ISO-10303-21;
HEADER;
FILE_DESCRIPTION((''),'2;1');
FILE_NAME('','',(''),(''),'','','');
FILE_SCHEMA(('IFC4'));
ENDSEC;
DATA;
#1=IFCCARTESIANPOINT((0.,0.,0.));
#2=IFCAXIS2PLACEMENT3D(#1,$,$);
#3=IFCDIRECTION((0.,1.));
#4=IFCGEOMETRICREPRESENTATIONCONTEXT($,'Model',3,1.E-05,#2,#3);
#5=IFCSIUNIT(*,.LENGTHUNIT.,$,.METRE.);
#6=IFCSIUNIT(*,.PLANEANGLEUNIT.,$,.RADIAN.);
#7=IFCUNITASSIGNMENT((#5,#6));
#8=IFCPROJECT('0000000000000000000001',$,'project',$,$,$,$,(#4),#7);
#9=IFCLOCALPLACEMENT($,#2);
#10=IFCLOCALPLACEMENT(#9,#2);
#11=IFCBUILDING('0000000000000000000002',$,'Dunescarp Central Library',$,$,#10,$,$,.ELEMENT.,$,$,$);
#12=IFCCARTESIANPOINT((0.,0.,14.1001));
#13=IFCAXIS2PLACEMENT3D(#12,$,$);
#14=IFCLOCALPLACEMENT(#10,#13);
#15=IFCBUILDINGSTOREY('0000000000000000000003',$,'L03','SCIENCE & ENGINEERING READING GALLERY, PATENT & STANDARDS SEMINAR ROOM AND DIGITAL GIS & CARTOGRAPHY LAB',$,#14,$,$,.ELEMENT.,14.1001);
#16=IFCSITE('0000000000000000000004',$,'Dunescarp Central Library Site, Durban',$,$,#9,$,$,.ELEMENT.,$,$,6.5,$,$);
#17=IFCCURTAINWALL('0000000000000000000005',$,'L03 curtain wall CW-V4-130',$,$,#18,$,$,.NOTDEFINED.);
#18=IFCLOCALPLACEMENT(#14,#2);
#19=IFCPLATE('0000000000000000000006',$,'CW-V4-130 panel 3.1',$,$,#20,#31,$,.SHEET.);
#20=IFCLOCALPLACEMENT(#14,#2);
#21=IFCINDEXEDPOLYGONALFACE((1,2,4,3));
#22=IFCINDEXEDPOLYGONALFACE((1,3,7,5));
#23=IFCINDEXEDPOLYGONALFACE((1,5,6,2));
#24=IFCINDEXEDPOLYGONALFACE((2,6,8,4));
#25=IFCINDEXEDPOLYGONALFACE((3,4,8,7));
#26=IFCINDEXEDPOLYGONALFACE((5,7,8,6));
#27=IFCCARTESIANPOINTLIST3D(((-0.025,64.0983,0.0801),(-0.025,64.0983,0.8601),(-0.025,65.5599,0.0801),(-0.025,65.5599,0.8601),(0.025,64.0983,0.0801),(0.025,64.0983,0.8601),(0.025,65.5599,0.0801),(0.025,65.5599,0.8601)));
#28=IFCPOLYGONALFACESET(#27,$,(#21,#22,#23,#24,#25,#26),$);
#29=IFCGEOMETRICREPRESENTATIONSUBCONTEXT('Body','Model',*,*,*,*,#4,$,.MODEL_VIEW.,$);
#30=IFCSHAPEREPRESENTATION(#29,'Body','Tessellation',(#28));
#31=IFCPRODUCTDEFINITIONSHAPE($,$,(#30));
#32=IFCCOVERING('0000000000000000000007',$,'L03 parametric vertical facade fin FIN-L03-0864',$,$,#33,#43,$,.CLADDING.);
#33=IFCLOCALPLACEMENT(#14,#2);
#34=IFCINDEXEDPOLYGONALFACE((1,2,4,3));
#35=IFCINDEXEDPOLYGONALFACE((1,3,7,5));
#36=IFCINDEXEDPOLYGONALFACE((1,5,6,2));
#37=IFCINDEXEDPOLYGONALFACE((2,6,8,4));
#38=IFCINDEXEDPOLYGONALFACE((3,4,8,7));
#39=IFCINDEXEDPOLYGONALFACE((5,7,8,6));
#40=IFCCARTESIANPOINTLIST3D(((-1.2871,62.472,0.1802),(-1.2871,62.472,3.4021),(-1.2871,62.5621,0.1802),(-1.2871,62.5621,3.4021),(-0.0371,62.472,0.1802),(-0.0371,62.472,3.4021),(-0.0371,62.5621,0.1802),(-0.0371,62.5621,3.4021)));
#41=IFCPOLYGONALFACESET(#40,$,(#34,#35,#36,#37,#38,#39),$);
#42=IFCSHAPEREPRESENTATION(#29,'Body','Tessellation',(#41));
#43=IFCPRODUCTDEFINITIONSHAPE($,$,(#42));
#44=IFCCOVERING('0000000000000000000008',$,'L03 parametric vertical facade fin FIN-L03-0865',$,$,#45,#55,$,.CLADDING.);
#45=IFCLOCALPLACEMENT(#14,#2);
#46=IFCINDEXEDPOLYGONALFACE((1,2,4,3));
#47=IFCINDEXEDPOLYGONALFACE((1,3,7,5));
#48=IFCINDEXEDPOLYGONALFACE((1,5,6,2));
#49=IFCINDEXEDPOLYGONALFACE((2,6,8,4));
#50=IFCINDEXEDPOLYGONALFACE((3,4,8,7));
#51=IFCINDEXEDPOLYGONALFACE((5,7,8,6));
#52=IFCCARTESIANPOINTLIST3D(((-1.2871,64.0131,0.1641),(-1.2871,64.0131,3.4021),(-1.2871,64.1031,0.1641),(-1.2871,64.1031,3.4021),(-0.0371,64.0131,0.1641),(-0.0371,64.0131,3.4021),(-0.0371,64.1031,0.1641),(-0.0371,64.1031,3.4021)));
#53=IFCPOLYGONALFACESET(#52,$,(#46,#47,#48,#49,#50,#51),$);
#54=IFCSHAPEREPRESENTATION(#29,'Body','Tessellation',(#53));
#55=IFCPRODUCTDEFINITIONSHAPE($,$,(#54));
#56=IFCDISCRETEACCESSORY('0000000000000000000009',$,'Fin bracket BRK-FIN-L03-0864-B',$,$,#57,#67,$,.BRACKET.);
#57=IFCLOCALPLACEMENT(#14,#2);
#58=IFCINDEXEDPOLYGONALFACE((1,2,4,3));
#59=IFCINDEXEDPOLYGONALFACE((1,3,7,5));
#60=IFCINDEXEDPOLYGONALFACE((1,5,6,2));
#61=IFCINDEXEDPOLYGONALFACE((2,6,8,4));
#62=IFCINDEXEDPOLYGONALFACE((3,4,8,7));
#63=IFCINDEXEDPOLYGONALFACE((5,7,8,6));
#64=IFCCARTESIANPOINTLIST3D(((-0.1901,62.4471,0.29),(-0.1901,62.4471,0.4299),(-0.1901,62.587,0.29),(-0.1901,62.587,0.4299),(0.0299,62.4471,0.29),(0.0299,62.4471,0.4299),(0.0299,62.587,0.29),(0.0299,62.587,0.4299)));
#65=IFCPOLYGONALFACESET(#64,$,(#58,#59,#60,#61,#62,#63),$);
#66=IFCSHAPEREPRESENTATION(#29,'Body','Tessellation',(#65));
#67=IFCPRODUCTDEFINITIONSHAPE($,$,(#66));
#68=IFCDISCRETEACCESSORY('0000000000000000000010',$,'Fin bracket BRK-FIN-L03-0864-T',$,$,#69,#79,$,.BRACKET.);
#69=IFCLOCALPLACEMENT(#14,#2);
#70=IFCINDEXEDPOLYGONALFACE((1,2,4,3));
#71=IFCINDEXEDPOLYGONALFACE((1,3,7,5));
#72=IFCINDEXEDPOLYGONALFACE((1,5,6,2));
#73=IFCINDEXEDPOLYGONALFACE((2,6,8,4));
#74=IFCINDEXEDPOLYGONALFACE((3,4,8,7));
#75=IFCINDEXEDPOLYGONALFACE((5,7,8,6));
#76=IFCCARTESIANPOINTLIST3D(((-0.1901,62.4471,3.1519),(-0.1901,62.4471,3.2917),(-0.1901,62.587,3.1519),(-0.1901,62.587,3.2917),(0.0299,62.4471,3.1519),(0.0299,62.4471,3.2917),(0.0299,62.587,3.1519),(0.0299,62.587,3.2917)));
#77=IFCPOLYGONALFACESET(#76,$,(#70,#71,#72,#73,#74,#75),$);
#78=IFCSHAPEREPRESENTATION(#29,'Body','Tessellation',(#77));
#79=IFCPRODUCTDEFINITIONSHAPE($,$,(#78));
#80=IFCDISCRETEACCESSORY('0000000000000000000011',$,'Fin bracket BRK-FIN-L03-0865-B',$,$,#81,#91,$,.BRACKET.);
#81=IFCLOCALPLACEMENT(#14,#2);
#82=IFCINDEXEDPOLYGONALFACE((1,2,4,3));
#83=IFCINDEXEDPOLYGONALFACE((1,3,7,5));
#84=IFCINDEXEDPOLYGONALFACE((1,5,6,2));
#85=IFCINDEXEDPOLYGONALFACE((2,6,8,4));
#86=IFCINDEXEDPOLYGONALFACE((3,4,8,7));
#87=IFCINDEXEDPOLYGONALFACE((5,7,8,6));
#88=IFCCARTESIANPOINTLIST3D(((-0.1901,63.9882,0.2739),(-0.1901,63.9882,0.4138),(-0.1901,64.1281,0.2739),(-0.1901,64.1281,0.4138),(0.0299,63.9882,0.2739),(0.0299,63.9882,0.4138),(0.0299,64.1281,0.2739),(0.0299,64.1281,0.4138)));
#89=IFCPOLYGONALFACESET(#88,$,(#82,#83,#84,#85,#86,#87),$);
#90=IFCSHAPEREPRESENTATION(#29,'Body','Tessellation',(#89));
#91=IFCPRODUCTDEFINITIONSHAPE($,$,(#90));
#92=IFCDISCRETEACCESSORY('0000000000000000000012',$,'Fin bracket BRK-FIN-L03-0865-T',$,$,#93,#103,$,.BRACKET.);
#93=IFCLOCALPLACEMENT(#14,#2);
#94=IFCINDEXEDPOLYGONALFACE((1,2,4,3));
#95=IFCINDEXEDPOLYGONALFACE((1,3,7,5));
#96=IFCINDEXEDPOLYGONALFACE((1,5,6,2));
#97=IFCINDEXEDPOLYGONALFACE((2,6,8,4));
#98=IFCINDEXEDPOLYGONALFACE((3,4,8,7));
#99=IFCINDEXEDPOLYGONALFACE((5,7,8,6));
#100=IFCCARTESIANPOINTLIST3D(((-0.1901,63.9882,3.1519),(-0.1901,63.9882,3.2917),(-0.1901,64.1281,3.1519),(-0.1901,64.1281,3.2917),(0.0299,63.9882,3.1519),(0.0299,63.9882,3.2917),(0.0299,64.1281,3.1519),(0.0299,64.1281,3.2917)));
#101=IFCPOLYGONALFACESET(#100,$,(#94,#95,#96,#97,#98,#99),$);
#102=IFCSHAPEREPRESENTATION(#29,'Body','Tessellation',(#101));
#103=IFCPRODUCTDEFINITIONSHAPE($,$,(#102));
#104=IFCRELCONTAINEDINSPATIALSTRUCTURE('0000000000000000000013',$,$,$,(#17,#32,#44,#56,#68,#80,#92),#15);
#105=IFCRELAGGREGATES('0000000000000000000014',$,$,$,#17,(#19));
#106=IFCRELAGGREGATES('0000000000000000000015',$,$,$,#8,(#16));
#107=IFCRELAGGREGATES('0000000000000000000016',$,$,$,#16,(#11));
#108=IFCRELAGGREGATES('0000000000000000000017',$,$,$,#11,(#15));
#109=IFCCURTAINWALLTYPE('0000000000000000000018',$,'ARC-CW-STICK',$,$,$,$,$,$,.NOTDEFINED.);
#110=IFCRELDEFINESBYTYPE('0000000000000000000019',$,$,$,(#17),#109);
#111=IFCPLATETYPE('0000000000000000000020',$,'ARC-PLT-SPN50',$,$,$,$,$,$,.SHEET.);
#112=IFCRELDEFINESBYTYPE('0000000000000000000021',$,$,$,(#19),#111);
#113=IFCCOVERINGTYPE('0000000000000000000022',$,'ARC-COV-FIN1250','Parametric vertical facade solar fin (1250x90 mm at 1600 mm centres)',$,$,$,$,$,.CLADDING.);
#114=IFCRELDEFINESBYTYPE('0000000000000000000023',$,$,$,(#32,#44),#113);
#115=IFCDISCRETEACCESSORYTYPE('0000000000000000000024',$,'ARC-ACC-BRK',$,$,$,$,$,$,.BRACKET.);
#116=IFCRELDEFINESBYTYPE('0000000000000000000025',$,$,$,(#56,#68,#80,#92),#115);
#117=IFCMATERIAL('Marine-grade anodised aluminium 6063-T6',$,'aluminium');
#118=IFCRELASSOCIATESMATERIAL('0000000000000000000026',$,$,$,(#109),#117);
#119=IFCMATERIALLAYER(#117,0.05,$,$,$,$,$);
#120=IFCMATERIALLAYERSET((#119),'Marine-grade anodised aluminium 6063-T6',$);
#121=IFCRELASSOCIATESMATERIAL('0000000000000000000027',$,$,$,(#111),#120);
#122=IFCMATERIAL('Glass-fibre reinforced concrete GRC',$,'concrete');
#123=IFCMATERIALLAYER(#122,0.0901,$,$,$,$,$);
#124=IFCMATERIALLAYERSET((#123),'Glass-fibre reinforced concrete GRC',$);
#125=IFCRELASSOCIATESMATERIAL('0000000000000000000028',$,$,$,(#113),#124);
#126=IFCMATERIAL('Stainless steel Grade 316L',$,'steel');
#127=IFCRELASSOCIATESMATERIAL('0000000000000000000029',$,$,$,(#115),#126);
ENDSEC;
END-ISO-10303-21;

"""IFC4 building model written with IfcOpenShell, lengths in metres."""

from ifc_helpers import new_model, si_unit, direction, frame, origin, origin_2d, place, context, subcontext, project, spatial, rectangle, extrude, material, layer, layer_set, type_object, element, aggregate, save


model = new_model("IFC4")

# Units and contexts
model_context = context("Model", 3, precision=1e-05, world=origin(), true_north=direction((0.0, 1.0)))
body_context = subcontext(model_context, "Body", "Model", "MODEL_VIEW")
ifc_project = project(units=[si_unit("LENGTHUNIT", "METRE"), si_unit("PLANEANGLEUNIT", "RADIAN")], contexts=[model_context])

# Site, building, storey
site_placement = place(None, origin())
site = spatial("IfcSite", under=ifc_project, at=site_placement, Name="Dunescarp Central Library Site, Durban", CompositionType="ELEMENT", RefElevation=6.5)
building_placement = place(site_placement, origin())
building = spatial("IfcBuilding", under=site, at=building_placement, Name="Dunescarp Central Library", CompositionType="ELEMENT")
storey_placement = place(building_placement, frame((0.0, 0.0, 14.1001)))
storey = spatial("IfcBuildingStorey", under=building, at=storey_placement, Name="L03", Description="SCIENCE & ENGINEERING READING GALLERY, PATENT & STANDARDS SEMINAR ROOM AND DIGITAL GIS & CARTOGRAPHY LAB", CompositionType="ELEMENT", Elevation=14.1001)

# Curtain wall, plate
ifc_material_1 = material(Name="Marine-grade anodised aluminium 6063-T6", Category="aluminium")
curtain_wall_type = type_object("IfcCurtainWallType", Name="ARC-CW-STICK", PredefinedType="NOTDEFINED", material=ifc_material_1)
curtain_wall_placement = place(storey_placement, origin())
curtain_wall = element("IfcCurtainWall", 1, at=curtain_wall_placement, inside=storey, type_object=curtain_wall_type, Name="L03 curtain wall CW-V4-130", PredefinedType="NOTDEFINED")
ifc_layer_1 = layer(ifc_material_1, 0.05)
ifc_layer_set_1 = layer_set([ifc_layer_1], Name="Marine-grade anodised aluminium 6063-T6")
plate_type_1 = type_object("IfcPlateType", Name="ARC-PLT-SPN50", PredefinedType="SHEET", material=ifc_layer_set_1)
plate_1_placement = place(storey_placement, frame((0.0, 64.8291, 0.0801), z_axis=(0.0, 0.0, 1.0), x_axis=(0.0, 1.0, 0.0)))
plate_1 = element("IfcPlate", 2, at=plate_1_placement, type_object=plate_type_1, Name="CW-V4-130 panel 3.1", PredefinedType="SHEET", context=body_context, shape_type="SweptSolid", body=[
    extrude(rectangle(XDim=1.4617, YDim=0.05, at=origin_2d()), origin(), (0.0, 0.0, 1.0), 0.78),
])
aggregate(curtain_wall, [plate_1])

# Coverings
ifc_material_2 = material(Name="Glass-fibre reinforced concrete GRC", Category="concrete")
ifc_layer_2 = layer(ifc_material_2, 0.0901)
ifc_layer_set_2 = layer_set([ifc_layer_2], Name="Glass-fibre reinforced concrete GRC")
covering_type = type_object("IfcCoveringType", Name="ARC-COV-FIN1250", Description="Parametric vertical facade solar fin (1250x90 mm at 1600 mm centres)", PredefinedType="CLADDING", material=ifc_layer_set_2)
covering_1_placement = place(storey_placement, frame((-0.6621, 62.5171, 0.1802), z_axis=(0.0, 0.0, 1.0), x_axis=(-1.0, 0.0, 0.0)))
element("IfcCovering", 3, at=covering_1_placement, inside=storey, type_object=covering_type, Name="L03 parametric vertical facade fin FIN-L03-0864", PredefinedType="CLADDING", context=body_context, shape_type="SweptSolid", body=[
    extrude(rectangle(XDim=1.25, YDim=0.0901, at=origin_2d()), origin(), (0.0, 0.0, 1.0), 3.2219),
])
covering_2_placement = place(storey_placement, frame((-0.6621, 64.0581, 0.1641), z_axis=(0.0, 0.0, 1.0), x_axis=(-1.0, 0.0, 0.0)))
element("IfcCovering", 4, at=covering_2_placement, inside=storey, type_object=covering_type, Name="L03 parametric vertical facade fin FIN-L03-0865", PredefinedType="CLADDING", context=body_context, shape_type="SweptSolid", body=[
    extrude(rectangle(XDim=1.25, YDim=0.0901, at=origin_2d()), origin(), (0.0, 0.0, 1.0), 3.238),
])

# Discrete accessories
ifc_material_3 = material(Name="Stainless steel Grade 316L", Category="steel")
discrete_accessory_type = type_object("IfcDiscreteAccessoryType", Name="ARC-ACC-BRK", PredefinedType="BRACKET", material=ifc_material_3)
for number, where, z_axis, x_axis, name in (
    (5, (-0.0801, 62.5171, 0.29), (0.0, 0.0, 1.0), (-1.0, 0.0, 0.0), "Fin bracket BRK-FIN-L03-0864-B"),
    (6, (-0.0801, 62.5171, 3.1519), (0.0, 0.0, 1.0), (-1.0, 0.0, 0.0), "Fin bracket BRK-FIN-L03-0864-T"),
    (7, (-0.0801, 64.0581, 0.2739), (0.0, 0.0, 1.0), (-1.0, 0.0, 0.0), "Fin bracket BRK-FIN-L03-0865-B"),
    (8, (-0.0801, 64.0581, 3.1519), (0.0, 0.0, 1.0), (-1.0, 0.0, 0.0), "Fin bracket BRK-FIN-L03-0865-T"),
):
    element("IfcDiscreteAccessory", number, at=place(storey_placement, frame(where, z_axis=z_axis, x_axis=x_axis)), inside=storey, type_object=discrete_accessory_type, Name=name, PredefinedType="BRACKET", context=body_context, shape_type="SweptSolid", body=[
        extrude(rectangle(XDim=0.22, YDim=0.1399, at=origin_2d()), origin(), (0.0, 0.0, 1.0), 0.1399),
    ])

save(model, "model.ifc")
